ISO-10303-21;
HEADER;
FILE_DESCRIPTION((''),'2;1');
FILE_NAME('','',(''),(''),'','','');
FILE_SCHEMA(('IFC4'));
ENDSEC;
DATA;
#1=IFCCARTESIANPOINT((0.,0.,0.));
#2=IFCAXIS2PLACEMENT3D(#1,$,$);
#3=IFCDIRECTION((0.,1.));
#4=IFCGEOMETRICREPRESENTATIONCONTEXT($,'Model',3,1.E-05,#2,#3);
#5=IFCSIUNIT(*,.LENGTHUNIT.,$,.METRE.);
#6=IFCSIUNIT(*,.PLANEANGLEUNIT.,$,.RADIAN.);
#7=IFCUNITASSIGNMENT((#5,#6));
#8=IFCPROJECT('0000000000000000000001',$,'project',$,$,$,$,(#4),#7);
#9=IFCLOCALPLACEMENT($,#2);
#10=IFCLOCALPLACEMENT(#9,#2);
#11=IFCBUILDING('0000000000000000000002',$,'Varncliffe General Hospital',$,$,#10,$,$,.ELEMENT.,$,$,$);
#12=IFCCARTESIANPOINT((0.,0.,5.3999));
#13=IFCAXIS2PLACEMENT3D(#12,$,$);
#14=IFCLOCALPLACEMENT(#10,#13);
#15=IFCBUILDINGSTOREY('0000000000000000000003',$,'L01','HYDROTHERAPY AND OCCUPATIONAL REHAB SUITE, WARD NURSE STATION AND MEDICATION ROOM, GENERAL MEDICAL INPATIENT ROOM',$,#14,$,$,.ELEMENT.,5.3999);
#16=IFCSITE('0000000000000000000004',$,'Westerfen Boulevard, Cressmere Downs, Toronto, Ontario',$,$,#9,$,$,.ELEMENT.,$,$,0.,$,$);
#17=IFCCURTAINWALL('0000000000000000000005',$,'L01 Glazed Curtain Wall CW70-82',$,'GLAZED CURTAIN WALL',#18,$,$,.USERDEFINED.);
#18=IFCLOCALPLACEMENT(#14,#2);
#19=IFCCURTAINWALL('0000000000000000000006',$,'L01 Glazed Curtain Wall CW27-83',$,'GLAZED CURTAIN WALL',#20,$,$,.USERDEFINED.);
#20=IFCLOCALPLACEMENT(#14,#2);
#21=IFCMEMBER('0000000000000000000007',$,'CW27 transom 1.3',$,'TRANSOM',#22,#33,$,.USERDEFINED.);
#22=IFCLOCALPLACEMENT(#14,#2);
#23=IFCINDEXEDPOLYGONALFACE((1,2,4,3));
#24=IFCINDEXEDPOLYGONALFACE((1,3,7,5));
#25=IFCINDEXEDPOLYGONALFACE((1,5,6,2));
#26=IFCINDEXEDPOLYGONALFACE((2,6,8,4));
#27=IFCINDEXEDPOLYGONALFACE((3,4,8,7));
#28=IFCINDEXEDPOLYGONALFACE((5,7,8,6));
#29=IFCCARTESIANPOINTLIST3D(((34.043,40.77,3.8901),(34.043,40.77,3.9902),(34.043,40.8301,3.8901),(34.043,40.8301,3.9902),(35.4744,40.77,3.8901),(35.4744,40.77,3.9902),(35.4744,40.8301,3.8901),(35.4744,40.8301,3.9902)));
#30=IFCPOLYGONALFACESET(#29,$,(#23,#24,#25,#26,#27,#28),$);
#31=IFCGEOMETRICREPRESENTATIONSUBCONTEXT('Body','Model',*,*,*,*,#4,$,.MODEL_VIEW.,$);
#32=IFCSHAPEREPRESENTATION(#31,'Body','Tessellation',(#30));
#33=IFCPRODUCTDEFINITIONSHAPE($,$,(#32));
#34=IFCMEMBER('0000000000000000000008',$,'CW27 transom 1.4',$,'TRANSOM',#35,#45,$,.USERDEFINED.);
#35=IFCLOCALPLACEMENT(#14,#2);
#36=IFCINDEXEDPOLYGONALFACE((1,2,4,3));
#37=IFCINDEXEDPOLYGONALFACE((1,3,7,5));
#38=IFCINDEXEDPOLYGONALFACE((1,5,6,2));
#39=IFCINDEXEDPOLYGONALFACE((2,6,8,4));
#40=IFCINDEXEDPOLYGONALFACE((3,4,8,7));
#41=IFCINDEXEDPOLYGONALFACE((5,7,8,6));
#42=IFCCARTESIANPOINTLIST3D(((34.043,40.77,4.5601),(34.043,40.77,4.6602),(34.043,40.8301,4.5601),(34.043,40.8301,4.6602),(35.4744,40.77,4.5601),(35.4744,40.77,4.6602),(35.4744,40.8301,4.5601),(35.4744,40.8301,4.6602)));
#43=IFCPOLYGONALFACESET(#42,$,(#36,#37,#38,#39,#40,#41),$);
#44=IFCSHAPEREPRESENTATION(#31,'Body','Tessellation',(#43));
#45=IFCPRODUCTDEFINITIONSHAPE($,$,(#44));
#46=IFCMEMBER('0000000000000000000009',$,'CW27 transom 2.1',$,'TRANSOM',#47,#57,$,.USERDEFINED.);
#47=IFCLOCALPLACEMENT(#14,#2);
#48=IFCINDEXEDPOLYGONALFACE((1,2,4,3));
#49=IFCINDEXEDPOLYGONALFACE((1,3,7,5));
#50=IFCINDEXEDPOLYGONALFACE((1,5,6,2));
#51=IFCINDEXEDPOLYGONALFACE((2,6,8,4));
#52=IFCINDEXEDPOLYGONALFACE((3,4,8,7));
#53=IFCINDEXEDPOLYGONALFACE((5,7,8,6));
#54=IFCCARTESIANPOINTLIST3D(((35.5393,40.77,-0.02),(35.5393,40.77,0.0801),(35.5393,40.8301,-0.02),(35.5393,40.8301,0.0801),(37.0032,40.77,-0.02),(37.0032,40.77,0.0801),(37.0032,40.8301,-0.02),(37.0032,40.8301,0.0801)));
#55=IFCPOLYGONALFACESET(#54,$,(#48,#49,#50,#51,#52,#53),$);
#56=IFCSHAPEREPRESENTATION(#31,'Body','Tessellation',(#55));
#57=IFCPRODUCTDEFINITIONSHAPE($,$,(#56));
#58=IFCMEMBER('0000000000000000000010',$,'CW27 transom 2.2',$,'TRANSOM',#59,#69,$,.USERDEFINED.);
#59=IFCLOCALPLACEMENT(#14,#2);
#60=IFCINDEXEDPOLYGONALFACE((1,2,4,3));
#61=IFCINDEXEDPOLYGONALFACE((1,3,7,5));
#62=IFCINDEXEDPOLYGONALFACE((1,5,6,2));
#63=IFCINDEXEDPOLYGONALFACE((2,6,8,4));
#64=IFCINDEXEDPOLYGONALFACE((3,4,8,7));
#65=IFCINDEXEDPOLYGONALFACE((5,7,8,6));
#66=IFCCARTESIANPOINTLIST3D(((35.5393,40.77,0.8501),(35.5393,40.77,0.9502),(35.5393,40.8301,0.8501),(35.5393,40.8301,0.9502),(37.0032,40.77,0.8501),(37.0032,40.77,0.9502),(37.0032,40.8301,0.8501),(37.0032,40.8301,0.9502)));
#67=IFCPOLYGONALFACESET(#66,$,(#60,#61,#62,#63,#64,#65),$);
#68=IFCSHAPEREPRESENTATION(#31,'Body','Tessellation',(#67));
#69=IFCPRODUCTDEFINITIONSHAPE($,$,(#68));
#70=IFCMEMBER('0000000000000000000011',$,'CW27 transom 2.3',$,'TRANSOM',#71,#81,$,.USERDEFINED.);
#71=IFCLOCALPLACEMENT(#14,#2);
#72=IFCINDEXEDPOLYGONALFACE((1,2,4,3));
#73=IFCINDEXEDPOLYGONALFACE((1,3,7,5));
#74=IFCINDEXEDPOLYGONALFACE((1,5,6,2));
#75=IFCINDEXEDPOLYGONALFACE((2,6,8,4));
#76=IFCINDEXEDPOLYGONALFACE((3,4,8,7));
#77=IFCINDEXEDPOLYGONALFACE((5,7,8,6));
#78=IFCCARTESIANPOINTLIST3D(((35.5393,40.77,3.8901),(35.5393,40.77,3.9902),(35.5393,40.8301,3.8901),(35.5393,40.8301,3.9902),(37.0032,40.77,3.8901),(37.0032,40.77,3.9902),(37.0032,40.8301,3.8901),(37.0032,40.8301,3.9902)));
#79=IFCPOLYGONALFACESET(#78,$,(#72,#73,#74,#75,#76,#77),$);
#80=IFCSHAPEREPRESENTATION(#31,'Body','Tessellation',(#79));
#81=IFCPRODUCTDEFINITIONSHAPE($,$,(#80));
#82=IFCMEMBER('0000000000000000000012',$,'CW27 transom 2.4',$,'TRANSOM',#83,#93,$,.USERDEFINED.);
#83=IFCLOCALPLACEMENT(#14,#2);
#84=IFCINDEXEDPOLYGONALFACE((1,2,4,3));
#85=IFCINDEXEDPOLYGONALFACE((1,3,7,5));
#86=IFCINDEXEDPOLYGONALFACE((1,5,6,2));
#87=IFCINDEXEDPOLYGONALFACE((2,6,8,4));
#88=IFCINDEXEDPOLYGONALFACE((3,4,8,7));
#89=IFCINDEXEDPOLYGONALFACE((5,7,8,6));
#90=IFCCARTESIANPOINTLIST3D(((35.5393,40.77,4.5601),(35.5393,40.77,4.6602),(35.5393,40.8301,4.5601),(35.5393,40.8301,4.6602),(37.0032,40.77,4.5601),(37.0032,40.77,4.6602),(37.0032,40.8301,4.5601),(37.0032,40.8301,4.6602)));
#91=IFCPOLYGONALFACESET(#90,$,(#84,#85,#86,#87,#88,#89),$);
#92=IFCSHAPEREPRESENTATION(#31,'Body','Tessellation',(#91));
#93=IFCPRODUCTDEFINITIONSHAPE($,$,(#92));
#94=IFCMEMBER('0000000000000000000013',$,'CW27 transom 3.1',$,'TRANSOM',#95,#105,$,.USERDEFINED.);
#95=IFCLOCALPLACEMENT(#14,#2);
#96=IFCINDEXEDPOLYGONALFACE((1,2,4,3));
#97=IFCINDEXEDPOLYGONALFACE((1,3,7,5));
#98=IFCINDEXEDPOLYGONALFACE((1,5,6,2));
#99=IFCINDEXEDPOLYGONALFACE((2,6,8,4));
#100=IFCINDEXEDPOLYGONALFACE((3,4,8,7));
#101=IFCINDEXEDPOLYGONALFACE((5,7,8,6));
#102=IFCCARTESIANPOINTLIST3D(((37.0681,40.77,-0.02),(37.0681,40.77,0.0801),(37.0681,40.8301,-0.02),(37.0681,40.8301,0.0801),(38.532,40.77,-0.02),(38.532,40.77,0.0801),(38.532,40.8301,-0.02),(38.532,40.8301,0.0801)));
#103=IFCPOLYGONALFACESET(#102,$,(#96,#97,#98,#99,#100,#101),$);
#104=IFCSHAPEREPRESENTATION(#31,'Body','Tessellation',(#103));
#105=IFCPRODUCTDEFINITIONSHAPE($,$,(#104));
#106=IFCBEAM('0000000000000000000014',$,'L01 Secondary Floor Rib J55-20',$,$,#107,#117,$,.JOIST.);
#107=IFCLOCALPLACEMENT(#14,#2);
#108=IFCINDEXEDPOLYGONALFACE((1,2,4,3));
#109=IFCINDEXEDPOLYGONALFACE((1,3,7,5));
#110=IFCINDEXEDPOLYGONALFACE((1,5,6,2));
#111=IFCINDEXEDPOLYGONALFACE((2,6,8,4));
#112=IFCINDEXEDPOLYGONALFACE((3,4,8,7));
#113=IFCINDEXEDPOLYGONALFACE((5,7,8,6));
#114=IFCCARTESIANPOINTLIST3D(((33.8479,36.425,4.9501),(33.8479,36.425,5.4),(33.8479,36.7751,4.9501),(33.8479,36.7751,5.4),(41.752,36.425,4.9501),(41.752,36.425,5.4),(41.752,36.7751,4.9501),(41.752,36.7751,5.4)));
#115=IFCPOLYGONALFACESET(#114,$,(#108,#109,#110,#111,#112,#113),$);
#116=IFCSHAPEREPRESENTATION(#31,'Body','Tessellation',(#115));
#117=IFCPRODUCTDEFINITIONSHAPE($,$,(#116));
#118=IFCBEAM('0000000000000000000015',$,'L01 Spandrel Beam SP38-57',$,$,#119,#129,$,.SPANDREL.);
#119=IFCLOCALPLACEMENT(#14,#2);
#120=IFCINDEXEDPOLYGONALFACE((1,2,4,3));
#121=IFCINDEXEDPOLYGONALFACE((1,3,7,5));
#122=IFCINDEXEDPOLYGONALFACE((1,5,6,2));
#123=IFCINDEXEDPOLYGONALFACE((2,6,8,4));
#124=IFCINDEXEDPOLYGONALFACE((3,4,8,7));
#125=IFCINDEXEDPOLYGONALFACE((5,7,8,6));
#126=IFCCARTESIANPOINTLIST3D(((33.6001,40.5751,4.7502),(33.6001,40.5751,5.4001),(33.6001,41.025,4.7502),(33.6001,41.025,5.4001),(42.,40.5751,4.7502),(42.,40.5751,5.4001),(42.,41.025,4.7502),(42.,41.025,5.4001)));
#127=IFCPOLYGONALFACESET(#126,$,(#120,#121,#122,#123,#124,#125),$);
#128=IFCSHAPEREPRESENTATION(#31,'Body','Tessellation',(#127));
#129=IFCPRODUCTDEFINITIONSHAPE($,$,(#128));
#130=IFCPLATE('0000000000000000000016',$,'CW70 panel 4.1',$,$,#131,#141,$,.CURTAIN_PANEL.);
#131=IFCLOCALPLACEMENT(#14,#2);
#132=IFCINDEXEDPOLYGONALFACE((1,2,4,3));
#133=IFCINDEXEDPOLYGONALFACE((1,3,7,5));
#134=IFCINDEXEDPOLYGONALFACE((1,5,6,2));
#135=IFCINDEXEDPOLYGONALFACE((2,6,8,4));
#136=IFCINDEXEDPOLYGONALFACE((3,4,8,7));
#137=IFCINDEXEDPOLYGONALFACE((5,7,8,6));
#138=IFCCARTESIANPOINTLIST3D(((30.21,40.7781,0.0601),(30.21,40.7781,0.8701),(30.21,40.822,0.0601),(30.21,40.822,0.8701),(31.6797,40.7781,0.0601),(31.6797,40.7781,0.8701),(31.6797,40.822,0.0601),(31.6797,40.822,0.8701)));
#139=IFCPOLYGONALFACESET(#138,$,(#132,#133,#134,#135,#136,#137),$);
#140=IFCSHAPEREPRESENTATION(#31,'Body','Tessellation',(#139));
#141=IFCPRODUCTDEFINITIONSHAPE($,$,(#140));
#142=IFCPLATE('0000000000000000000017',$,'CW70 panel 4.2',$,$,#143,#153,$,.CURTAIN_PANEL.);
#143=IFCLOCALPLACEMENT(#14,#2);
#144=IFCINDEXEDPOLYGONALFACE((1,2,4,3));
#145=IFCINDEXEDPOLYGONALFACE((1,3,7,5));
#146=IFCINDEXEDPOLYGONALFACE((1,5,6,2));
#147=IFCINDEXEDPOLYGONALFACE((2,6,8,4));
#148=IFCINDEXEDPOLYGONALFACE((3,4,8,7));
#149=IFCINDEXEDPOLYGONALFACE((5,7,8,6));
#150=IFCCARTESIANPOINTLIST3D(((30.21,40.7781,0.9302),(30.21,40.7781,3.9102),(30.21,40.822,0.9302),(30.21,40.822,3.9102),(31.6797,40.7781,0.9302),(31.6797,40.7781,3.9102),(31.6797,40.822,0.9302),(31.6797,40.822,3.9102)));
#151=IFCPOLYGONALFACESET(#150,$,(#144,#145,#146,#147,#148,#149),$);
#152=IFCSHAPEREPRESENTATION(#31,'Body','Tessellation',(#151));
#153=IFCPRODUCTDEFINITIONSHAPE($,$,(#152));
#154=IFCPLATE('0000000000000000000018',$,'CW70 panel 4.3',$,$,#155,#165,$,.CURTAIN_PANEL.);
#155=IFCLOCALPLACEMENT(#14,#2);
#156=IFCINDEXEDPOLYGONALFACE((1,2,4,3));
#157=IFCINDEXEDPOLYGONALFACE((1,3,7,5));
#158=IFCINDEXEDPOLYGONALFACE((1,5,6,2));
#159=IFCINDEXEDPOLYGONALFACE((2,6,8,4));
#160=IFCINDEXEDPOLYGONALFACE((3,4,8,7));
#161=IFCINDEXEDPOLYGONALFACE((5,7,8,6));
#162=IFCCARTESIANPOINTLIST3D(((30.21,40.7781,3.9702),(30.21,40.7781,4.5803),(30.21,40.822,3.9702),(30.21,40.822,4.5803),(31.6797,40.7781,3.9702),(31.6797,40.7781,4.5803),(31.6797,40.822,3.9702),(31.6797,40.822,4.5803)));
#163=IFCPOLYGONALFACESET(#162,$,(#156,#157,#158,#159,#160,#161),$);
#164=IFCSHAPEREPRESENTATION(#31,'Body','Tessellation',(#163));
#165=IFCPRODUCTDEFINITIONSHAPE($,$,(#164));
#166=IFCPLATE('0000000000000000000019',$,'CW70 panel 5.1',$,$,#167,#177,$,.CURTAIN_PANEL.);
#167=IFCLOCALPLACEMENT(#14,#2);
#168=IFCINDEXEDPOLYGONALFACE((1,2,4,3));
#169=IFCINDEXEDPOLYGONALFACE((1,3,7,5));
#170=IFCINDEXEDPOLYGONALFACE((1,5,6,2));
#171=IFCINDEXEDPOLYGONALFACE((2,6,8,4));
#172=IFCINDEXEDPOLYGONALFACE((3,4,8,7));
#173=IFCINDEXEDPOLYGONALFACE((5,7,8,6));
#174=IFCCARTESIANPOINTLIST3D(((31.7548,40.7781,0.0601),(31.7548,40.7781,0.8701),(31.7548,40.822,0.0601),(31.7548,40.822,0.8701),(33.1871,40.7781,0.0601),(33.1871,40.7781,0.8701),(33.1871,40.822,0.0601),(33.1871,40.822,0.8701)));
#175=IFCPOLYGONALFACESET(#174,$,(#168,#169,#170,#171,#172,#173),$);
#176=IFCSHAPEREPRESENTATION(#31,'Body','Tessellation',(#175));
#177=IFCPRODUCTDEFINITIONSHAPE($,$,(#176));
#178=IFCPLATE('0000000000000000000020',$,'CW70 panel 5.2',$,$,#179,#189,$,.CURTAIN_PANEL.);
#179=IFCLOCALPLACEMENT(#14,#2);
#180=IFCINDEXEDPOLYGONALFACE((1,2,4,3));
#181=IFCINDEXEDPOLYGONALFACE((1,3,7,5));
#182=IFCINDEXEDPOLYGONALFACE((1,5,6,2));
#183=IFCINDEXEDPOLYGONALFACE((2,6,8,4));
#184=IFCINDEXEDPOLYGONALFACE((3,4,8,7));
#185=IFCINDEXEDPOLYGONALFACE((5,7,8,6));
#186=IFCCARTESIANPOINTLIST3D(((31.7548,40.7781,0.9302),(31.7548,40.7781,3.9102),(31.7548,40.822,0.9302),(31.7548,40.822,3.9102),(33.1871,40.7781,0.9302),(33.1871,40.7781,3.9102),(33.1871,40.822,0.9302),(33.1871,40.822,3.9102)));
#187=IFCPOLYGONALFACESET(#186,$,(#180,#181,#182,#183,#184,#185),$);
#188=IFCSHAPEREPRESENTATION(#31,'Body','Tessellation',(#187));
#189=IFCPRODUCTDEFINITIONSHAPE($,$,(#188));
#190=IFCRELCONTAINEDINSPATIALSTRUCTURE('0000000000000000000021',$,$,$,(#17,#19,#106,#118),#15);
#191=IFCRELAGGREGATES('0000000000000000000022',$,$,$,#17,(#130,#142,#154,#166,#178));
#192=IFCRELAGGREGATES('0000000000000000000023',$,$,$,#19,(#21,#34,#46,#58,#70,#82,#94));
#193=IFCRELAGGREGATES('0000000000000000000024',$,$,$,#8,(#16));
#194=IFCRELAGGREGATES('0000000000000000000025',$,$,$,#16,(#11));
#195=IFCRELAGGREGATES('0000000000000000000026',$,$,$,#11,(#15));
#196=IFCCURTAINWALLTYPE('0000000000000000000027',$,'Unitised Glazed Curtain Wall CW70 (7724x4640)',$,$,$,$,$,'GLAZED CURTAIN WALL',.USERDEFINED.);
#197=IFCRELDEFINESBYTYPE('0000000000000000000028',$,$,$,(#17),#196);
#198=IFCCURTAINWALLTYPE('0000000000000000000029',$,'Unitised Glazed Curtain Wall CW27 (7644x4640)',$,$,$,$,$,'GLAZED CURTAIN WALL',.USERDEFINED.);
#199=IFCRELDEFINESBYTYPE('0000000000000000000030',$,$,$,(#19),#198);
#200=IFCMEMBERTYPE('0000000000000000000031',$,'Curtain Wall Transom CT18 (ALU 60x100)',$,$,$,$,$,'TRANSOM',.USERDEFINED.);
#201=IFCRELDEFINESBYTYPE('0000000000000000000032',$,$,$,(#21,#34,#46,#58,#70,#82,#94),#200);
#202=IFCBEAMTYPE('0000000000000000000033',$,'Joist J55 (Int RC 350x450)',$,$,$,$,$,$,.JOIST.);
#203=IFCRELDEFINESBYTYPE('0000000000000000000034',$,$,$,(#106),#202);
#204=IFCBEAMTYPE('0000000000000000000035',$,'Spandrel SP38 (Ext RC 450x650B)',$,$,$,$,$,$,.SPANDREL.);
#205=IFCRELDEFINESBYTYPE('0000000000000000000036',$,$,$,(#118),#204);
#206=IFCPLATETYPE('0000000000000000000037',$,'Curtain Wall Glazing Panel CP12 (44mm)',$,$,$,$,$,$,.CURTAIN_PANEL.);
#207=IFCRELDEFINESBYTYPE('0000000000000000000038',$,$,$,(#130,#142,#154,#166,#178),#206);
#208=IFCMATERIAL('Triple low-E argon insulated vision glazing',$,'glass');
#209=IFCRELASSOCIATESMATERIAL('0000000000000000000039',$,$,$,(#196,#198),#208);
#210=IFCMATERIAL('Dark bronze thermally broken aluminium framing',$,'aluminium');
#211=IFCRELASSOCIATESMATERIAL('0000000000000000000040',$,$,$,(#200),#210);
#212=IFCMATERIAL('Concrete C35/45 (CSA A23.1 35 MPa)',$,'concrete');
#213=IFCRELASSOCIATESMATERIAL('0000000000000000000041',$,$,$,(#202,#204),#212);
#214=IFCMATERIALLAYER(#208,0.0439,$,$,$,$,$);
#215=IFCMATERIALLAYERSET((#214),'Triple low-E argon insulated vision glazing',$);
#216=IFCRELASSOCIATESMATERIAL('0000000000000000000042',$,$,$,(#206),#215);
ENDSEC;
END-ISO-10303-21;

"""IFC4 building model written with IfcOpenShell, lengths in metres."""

from ifc_helpers import new_model, si_unit, direction, frame, origin, origin_2d, place, context, subcontext, project, spatial, rectangle, extrude, material, layer, layer_set, material_profile, profile_set, type_object, element, aggregate, save


model = new_model("IFC4")

# Units and contexts
model_context = context("Model", 3, precision=1e-05, world=origin(), true_north=direction((0.0, 1.0)))
body_context = subcontext(model_context, "Body", "Model", "MODEL_VIEW")
ifc_project = project(units=[si_unit("LENGTHUNIT", "METRE"), si_unit("PLANEANGLEUNIT", "RADIAN")], contexts=[model_context])

# Site, building, storey
site_placement = place(None, origin())
site = spatial("IfcSite", under=ifc_project, at=site_placement, Name="Westerfen Boulevard, Cressmere Downs, Toronto, Ontario", CompositionType="ELEMENT", RefElevation=0.0)
building_placement = place(site_placement, origin())
building = spatial("IfcBuilding", under=site, at=building_placement, Name="Varncliffe General Hospital", CompositionType="ELEMENT")
storey_placement = place(building_placement, frame((0.0, 0.0, 5.3999)))
storey = spatial("IfcBuildingStorey", under=building, at=storey_placement, Name="L01", Description="HYDROTHERAPY AND OCCUPATIONAL REHAB SUITE, WARD NURSE STATION AND MEDICATION ROOM, GENERAL MEDICAL INPATIENT ROOM", CompositionType="ELEMENT", Elevation=5.3999)

# Curtain walls
ifc_material_1 = material(Name="Triple low-E argon insulated vision glazing", Category="glass")
curtain_wall_type_1 = type_object("IfcCurtainWallType", Name="Unitised Glazed Curtain Wall CW70 (7724x4640)", ElementType="GLAZED CURTAIN WALL", PredefinedType="USERDEFINED", material=ifc_material_1)
curtain_wall_1_placement = place(storey_placement, origin())
curtain_wall_1 = element("IfcCurtainWall", 1, at=curtain_wall_1_placement, inside=storey, type_object=curtain_wall_type_1, Name="L01 Glazed Curtain Wall CW70-82", ObjectType="GLAZED CURTAIN WALL", PredefinedType="USERDEFINED")
ifc_material_2 = material(Name="Dark bronze thermally broken aluminium framing", Category="aluminium")
curtain_wall_type_2 = type_object("IfcCurtainWallType", Name="Unitised Glazed Curtain Wall CW27 (7644x4640)", ElementType="GLAZED CURTAIN WALL", PredefinedType="USERDEFINED", material=ifc_material_1)
curtain_wall_2_placement = place(storey_placement, origin())
curtain_wall_2 = element("IfcCurtainWall", 2, at=curtain_wall_2_placement, inside=storey, type_object=curtain_wall_type_2, Name="L01 Glazed Curtain Wall CW27-83", ObjectType="GLAZED CURTAIN WALL", PredefinedType="USERDEFINED")

# Members
ifc_material_profile_1 = material_profile(ifc_material_2, rectangle(XDim=0.0601, YDim=0.1001, at=origin_2d()), Name="ALU 60x100")
ifc_profile_set_1 = profile_set([ifc_material_profile_1], Name="Dark bronze thermally broken aluminium framing")
member_type_1 = type_object("IfcMemberType", Name="Curtain Wall Transom CT18 (ALU 60x100)", ElementType="TRANSOM", PredefinedType="USERDEFINED", material=ifc_profile_set_1)
member_1_placement = place(storey_placement, frame((34.043, 40.8, 3.9402), z_axis=(1.0, 0.0, 0.0), x_axis=(0.0, 1.0, 0.0)))
member_1 = element("IfcMember", 3, at=member_1_placement, type_object=member_type_1, Name="CW27 transom 1.3", ObjectType="TRANSOM", PredefinedType="USERDEFINED", context=body_context, shape_type="SweptSolid", body=[
    extrude(rectangle(XDim=0.0601, YDim=0.1001, at=origin_2d()), origin(), (0.0, 0.0, 1.0), 1.4314),
])
member_2_placement = place(storey_placement, frame((34.043, 40.8, 4.6101), z_axis=(1.0, 0.0, 0.0), x_axis=(0.0, 1.0, 0.0)))
member_2 = element("IfcMember", 4, at=member_2_placement, type_object=member_type_1, Name="CW27 transom 1.4", ObjectType="TRANSOM", PredefinedType="USERDEFINED", context=body_context, shape_type="SweptSolid", body=[
    extrude(rectangle(XDim=0.0601, YDim=0.1001, at=origin_2d()), origin(), (0.0, 0.0, 1.0), 1.4314),
])
member_3_placement = place(storey_placement, frame((35.5393, 40.8, 0.03), z_axis=(1.0, 0.0, 0.0), x_axis=(0.0, 1.0, 0.0)))
member_3 = element("IfcMember", 5, at=member_3_placement, type_object=member_type_1, Name="CW27 transom 2.1", ObjectType="TRANSOM", PredefinedType="USERDEFINED", context=body_context, shape_type="SweptSolid", body=[
    extrude(rectangle(XDim=0.0601, YDim=0.1001, at=origin_2d()), origin(), (0.0, 0.0, 1.0), 1.4639),
])
member_4_placement = place(storey_placement, frame((35.5393, 40.8, 0.9001), z_axis=(1.0, 0.0, 0.0), x_axis=(0.0, 1.0, 0.0)))
member_4 = element("IfcMember", 6, at=member_4_placement, type_object=member_type_1, Name="CW27 transom 2.2", ObjectType="TRANSOM", PredefinedType="USERDEFINED", context=body_context, shape_type="SweptSolid", body=[
    extrude(rectangle(XDim=0.0601, YDim=0.1001, at=origin_2d()), origin(), (0.0, 0.0, 1.0), 1.4639),
])
member_5_placement = place(storey_placement, frame((35.5393, 40.8, 3.9402), z_axis=(1.0, 0.0, 0.0), x_axis=(0.0, 1.0, 0.0)))
member_5 = element("IfcMember", 7, at=member_5_placement, type_object=member_type_1, Name="CW27 transom 2.3", ObjectType="TRANSOM", PredefinedType="USERDEFINED", context=body_context, shape_type="SweptSolid", body=[
    extrude(rectangle(XDim=0.0601, YDim=0.1001, at=origin_2d()), origin(), (0.0, 0.0, 1.0), 1.4639),
])
member_6_placement = place(storey_placement, frame((35.5393, 40.8, 4.6101), z_axis=(1.0, 0.0, 0.0), x_axis=(0.0, 1.0, 0.0)))
member_6 = element("IfcMember", 8, at=member_6_placement, type_object=member_type_1, Name="CW27 transom 2.4", ObjectType="TRANSOM", PredefinedType="USERDEFINED", context=body_context, shape_type="SweptSolid", body=[
    extrude(rectangle(XDim=0.0601, YDim=0.1001, at=origin_2d()), origin(), (0.0, 0.0, 1.0), 1.4639),
])
member_7_placement = place(storey_placement, frame((37.0681, 40.8, 0.03), z_axis=(1.0, 0.0, 0.0), x_axis=(0.0, 1.0, 0.0)))
member_7 = element("IfcMember", 9, at=member_7_placement, type_object=member_type_1, Name="CW27 transom 3.1", ObjectType="TRANSOM", PredefinedType="USERDEFINED", context=body_context, shape_type="SweptSolid", body=[
    extrude(rectangle(XDim=0.0601, YDim=0.1001, at=origin_2d()), origin(), (0.0, 0.0, 1.0), 1.4639),
])

# Beams
ifc_material_3 = material(Name="Concrete C35/45 (CSA A23.1 35 MPa)", Category="concrete")
ifc_material_profile_2 = material_profile(ifc_material_3, rectangle(XDim=0.3501, YDim=0.45, at=origin_2d()), Name="RC 350x450")
ifc_profile_set_2 = profile_set([ifc_material_profile_2], Name="Concrete C35/45 (CSA A23.1 35 MPa)")
beam_type_1 = type_object("IfcBeamType", Name="Joist J55 (Int RC 350x450)", PredefinedType="JOIST", material=ifc_profile_set_2)
beam_1_placement = place(storey_placement, frame((33.8479, 36.6001, 5.175), z_axis=(1.0, 0.0, 0.0), x_axis=(0.0, 1.0, 0.0)))
element("IfcBeam", 10, at=beam_1_placement, inside=storey, type_object=beam_type_1, Name="L01 Secondary Floor Rib J55-20", PredefinedType="JOIST", context=body_context, shape_type="SweptSolid", body=[
    extrude(rectangle(XDim=0.3501, YDim=0.45, at=origin_2d()), origin(), (0.0, 0.0, 1.0), 7.9041),
])
ifc_material_profile_3 = material_profile(ifc_material_3, rectangle(XDim=0.45, YDim=0.6499, at=origin_2d()), Name="RC 450x650")
ifc_profile_set_3 = profile_set([ifc_material_profile_3], Name="Concrete C35/45 (CSA A23.1 35 MPa)")
beam_type_2 = type_object("IfcBeamType", Name="Spandrel SP38 (Ext RC 450x650B)", PredefinedType="SPANDREL", material=ifc_profile_set_3)
beam_2_placement = place(storey_placement, frame((33.6001, 40.8, 5.0752), z_axis=(1.0, 0.0, 0.0), x_axis=(0.0, 1.0, 0.0)))
element("IfcBeam", 11, at=beam_2_placement, inside=storey, type_object=beam_type_2, Name="L01 Spandrel Beam SP38-57", PredefinedType="SPANDREL", context=body_context, shape_type="SweptSolid", body=[
    extrude(rectangle(XDim=0.45, YDim=0.6499, at=origin_2d()), origin(), (0.0, 0.0, 1.0), 8.3999),
])

# Plates
ifc_layer_1 = layer(ifc_material_1, 0.0439)
ifc_layer_set_1 = layer_set([ifc_layer_1], Name="Triple low-E argon insulated vision glazing")
plate_type_1 = type_object("IfcPlateType", Name="Curtain Wall Glazing Panel CP12 (44mm)", PredefinedType="CURTAIN_PANEL", material=ifc_layer_set_1)
plate_1_placement = place(storey_placement, frame((30.9448, 40.8, 0.0601), z_axis=(0.0, 0.0, 1.0), x_axis=(1.0, 0.0, 0.0)))
plate_1 = element("IfcPlate", 12, at=plate_1_placement, type_object=plate_type_1, Name="CW70 panel 4.1", PredefinedType="CURTAIN_PANEL", context=body_context, shape_type="SweptSolid", body=[
    extrude(rectangle(XDim=1.4697, YDim=0.0439, at=origin_2d()), origin(), (0.0, 0.0, 1.0), 0.8101),
])
plate_2_placement = place(storey_placement, frame((30.9448, 40.8, 0.9302), z_axis=(0.0, 0.0, 1.0), x_axis=(1.0, 0.0, 0.0)))
plate_2 = element("IfcPlate", 13, at=plate_2_placement, type_object=plate_type_1, Name="CW70 panel 4.2", PredefinedType="CURTAIN_PANEL", context=body_context, shape_type="SweptSolid", body=[
    extrude(rectangle(XDim=1.4697, YDim=0.0439, at=origin_2d()), origin(), (0.0, 0.0, 1.0), 2.98),
])
plate_3_placement = place(storey_placement, frame((30.9448, 40.8, 3.9702), z_axis=(0.0, 0.0, 1.0), x_axis=(1.0, 0.0, 0.0)))
plate_3 = element("IfcPlate", 14, at=plate_3_placement, type_object=plate_type_1, Name="CW70 panel 4.3", PredefinedType="CURTAIN_PANEL", context=body_context, shape_type="SweptSolid", body=[
    extrude(rectangle(XDim=1.4697, YDim=0.0439, at=origin_2d()), origin(), (0.0, 0.0, 1.0), 0.6101),
])
plate_4_placement = place(storey_placement, frame((32.4709, 40.8, 0.0601), z_axis=(0.0, 0.0, 1.0), x_axis=(1.0, 0.0, 0.0)))
plate_4 = element("IfcPlate", 15, at=plate_4_placement, type_object=plate_type_1, Name="CW70 panel 5.1", PredefinedType="CURTAIN_PANEL", context=body_context, shape_type="SweptSolid", body=[
    extrude(rectangle(XDim=1.4324, YDim=0.0439, at=origin_2d()), origin(), (0.0, 0.0, 1.0), 0.8101),
])
plate_5_placement = place(storey_placement, frame((32.4709, 40.8, 0.9302), z_axis=(0.0, 0.0, 1.0), x_axis=(1.0, 0.0, 0.0)))
plate_5 = element("IfcPlate", 16, at=plate_5_placement, type_object=plate_type_1, Name="CW70 panel 5.2", PredefinedType="CURTAIN_PANEL", context=body_context, shape_type="SweptSolid", body=[
    extrude(rectangle(XDim=1.4324, YDim=0.0439, at=origin_2d()), origin(), (0.0, 0.0, 1.0), 2.98),
])
aggregate(curtain_wall_1, [plate_1, plate_2, plate_3, plate_4, plate_5])
aggregate(curtain_wall_2, [member_1, member_2, member_3, member_4, member_5, member_6, member_7])

save(model, "model.ifc")
